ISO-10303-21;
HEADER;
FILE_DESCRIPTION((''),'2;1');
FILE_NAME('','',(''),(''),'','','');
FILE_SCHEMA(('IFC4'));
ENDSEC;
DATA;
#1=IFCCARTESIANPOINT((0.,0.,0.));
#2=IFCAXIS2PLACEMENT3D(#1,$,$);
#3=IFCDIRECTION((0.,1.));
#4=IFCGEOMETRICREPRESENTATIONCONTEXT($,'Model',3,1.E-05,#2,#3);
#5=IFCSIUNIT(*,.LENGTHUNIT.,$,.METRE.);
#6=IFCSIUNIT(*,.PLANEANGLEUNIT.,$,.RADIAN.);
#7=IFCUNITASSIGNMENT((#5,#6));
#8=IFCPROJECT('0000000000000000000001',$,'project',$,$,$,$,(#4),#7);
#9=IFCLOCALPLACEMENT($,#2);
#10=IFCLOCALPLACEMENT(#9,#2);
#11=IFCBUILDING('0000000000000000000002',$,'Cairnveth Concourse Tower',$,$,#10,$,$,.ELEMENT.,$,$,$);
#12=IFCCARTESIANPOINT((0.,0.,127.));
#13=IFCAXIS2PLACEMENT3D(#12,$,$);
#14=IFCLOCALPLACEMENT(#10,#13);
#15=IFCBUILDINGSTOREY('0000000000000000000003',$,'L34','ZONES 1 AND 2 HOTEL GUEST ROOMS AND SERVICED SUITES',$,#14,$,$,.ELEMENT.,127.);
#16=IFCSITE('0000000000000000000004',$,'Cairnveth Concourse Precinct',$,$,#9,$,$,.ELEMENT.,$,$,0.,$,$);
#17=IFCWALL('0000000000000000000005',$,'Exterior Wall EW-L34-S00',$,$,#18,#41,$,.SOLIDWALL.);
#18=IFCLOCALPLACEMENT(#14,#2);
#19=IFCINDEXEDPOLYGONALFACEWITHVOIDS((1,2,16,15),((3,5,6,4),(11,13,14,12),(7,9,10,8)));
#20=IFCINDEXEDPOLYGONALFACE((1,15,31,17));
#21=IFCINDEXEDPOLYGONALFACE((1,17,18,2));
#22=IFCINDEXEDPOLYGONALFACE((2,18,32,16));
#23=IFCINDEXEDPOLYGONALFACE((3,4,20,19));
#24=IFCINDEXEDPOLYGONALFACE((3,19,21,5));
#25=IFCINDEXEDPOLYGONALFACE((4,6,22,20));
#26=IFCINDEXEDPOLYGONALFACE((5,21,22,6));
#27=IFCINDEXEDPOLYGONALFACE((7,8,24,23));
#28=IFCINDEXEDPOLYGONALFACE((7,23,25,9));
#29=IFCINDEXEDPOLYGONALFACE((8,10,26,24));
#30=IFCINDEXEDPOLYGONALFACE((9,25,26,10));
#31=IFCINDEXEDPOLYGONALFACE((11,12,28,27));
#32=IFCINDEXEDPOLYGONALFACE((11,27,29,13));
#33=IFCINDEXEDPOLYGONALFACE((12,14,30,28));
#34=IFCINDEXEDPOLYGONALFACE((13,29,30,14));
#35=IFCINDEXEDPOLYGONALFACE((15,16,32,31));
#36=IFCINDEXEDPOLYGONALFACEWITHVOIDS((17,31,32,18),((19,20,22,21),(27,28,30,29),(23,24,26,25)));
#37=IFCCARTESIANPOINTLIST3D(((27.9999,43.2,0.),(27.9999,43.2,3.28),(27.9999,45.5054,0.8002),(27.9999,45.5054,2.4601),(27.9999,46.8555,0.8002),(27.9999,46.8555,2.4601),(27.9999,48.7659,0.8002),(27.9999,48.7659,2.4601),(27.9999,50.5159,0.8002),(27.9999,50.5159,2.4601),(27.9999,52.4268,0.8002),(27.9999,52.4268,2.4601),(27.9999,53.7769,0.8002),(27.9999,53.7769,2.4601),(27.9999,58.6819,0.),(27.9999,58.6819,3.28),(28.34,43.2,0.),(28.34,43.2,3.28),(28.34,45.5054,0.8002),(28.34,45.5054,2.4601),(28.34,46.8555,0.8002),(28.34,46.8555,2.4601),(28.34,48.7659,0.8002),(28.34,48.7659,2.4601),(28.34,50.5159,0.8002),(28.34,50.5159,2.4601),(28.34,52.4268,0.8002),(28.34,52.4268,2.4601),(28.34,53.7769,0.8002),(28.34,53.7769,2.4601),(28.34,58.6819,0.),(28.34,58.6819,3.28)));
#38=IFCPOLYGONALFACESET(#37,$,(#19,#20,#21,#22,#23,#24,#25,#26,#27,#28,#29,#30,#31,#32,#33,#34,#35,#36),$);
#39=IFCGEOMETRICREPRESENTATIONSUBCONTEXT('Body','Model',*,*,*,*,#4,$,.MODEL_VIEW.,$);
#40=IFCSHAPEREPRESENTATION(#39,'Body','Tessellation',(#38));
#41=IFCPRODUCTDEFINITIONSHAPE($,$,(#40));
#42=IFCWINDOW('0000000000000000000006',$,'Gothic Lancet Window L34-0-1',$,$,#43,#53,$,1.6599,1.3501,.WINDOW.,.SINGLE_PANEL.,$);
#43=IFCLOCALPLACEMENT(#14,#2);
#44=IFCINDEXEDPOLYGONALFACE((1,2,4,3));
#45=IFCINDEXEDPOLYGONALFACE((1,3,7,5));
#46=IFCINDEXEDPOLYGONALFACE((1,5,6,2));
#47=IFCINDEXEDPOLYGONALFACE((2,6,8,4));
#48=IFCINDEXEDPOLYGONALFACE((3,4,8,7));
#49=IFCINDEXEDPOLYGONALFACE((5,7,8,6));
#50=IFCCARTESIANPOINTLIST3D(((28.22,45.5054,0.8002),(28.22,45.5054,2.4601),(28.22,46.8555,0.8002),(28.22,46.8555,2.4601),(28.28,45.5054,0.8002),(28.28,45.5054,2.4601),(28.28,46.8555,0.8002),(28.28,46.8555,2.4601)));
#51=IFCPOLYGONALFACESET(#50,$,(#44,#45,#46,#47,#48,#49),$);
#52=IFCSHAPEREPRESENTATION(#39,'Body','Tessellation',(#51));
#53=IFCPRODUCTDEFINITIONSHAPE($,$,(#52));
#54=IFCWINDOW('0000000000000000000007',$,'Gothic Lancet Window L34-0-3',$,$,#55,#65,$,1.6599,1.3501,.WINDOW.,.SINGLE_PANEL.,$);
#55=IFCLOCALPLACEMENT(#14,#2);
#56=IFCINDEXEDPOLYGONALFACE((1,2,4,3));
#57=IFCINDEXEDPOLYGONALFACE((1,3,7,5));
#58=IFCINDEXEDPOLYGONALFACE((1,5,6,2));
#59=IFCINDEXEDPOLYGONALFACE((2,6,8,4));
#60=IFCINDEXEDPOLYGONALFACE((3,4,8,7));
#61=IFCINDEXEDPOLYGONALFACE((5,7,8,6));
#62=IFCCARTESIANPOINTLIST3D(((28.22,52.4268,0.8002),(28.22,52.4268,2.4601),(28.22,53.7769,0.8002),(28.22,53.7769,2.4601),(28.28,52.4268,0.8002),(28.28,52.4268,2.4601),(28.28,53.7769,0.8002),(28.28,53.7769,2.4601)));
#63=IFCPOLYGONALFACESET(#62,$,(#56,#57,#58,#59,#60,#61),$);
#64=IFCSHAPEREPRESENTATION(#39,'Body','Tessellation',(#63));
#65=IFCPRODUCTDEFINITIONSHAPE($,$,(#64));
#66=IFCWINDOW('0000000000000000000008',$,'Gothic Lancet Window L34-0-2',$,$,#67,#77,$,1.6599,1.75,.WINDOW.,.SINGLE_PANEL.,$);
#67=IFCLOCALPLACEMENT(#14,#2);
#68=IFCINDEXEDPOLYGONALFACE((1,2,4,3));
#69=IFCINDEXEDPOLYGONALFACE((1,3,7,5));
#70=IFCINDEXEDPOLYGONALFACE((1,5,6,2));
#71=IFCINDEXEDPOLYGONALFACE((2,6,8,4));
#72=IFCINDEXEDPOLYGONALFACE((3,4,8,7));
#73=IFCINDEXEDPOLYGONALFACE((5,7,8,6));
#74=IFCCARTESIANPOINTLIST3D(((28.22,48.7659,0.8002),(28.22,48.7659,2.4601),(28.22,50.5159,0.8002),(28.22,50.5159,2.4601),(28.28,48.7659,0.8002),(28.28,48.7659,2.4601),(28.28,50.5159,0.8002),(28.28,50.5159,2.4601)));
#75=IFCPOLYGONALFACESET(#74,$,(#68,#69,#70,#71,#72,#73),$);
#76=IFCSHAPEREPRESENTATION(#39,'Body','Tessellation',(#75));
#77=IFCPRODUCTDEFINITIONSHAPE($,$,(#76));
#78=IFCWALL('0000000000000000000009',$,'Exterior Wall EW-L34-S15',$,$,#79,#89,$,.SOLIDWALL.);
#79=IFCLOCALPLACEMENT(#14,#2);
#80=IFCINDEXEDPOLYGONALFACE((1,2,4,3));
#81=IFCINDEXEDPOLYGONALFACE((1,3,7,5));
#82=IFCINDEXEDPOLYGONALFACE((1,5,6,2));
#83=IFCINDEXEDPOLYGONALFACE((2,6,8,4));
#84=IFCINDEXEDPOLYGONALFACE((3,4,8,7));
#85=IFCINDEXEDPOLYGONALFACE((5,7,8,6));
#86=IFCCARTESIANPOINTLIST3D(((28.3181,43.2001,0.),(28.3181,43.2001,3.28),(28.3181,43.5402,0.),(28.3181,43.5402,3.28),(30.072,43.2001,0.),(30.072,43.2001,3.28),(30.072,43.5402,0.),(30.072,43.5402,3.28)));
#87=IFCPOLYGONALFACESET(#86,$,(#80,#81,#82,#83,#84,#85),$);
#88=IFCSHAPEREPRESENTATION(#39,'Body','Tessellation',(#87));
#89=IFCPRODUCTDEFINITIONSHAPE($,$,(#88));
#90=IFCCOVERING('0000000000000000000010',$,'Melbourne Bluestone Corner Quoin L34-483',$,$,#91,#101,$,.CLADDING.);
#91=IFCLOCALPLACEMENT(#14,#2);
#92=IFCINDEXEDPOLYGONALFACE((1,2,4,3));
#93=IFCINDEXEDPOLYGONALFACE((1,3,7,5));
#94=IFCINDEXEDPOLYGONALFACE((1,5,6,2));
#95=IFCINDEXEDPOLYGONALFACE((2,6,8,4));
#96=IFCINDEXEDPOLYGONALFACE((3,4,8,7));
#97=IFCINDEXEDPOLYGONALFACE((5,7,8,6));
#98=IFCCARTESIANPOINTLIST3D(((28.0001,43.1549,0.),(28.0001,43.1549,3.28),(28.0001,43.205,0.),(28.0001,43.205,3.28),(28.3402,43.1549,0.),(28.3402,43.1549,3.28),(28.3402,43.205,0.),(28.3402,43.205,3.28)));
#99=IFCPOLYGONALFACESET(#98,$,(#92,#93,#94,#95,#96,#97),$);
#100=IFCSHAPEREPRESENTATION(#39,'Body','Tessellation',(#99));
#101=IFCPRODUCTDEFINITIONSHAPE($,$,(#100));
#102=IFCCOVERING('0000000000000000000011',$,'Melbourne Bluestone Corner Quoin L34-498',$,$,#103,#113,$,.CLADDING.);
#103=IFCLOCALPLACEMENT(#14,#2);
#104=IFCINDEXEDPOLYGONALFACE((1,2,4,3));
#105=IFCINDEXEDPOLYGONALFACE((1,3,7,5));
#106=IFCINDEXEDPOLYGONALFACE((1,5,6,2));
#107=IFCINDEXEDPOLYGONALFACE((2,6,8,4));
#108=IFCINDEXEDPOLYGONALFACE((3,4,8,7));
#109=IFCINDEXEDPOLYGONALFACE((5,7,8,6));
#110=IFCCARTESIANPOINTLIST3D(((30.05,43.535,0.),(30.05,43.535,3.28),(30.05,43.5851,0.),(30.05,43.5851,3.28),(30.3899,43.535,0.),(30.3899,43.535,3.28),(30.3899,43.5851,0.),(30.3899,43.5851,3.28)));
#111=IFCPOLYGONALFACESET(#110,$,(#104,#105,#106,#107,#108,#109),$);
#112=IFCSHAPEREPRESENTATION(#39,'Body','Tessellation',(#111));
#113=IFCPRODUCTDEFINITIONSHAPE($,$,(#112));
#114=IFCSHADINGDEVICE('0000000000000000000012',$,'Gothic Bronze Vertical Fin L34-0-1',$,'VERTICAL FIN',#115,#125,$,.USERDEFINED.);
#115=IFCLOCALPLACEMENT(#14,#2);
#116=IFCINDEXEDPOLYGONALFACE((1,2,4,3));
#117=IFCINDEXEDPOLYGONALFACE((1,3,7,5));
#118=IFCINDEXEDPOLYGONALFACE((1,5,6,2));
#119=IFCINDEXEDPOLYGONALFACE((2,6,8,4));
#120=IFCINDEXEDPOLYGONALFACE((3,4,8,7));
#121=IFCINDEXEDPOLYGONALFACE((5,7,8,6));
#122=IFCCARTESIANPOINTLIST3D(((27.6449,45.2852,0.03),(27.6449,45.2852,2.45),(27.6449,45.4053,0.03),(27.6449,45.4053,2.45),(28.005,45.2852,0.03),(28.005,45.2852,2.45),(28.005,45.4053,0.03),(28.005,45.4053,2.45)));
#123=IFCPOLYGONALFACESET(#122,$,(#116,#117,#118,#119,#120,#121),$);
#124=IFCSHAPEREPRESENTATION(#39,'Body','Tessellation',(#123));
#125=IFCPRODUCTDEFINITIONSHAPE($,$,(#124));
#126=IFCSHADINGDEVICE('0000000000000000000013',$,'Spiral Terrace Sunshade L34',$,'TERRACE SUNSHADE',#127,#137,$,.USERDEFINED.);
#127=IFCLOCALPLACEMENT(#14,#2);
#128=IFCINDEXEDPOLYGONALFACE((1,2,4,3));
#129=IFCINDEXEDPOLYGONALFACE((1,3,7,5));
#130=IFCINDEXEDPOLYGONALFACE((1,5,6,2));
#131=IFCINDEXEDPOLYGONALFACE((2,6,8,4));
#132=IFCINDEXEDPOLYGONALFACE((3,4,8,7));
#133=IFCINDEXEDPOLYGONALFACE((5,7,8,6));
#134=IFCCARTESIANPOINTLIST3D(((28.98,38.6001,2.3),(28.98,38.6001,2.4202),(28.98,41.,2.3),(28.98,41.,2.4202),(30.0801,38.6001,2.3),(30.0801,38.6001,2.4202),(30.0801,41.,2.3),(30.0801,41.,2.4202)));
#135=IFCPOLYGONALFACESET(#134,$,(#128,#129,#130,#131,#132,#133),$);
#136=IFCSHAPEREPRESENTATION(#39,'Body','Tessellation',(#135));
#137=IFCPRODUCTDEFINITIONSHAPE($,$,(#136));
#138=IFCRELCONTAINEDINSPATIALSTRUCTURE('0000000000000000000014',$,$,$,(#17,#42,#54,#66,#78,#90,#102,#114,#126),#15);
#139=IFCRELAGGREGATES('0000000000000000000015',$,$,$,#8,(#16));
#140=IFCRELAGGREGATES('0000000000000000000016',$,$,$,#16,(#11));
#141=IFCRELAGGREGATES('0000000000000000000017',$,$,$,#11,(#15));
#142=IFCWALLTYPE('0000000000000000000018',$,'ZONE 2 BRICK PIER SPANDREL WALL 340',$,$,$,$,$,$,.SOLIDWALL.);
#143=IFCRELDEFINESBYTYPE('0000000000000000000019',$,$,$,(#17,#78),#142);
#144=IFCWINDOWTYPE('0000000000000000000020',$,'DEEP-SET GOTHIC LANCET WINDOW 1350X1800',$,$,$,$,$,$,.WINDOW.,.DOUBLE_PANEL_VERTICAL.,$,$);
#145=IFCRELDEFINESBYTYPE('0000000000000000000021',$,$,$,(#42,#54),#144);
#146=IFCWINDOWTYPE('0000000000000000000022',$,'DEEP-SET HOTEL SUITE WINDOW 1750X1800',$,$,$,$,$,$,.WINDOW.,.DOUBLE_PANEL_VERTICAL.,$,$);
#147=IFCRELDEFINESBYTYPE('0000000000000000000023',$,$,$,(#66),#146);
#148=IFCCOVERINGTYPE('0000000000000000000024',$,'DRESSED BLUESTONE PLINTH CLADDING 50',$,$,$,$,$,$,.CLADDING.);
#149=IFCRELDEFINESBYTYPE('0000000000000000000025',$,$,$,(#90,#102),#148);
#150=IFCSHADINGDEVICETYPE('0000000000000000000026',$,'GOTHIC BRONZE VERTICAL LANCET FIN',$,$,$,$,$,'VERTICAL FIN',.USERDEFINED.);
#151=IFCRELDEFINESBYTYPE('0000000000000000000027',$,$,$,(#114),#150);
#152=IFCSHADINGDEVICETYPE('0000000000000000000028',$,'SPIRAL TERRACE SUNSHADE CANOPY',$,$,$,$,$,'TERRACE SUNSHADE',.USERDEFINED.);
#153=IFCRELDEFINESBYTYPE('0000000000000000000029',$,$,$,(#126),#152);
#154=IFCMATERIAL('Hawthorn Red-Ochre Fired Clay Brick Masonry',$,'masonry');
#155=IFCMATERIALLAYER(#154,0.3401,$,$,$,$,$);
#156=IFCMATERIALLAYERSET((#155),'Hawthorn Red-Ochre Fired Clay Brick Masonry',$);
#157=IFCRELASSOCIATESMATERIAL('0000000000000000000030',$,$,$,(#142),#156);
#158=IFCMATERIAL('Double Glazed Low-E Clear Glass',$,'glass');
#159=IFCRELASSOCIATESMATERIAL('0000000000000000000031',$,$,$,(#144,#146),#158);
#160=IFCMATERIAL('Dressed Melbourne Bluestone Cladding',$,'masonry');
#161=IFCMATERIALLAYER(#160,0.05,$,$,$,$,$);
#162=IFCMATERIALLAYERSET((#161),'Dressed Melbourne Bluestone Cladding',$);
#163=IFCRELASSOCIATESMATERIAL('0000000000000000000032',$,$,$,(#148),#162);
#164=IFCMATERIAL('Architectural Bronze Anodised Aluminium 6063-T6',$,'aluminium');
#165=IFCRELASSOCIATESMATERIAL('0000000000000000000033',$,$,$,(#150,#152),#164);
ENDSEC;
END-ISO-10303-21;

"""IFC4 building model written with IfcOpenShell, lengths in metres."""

from ifc_helpers import new_model, si_unit, direction, frame, frame_2d, origin, origin_2d, place, context, subcontext, project, spatial, rectangle, extrude, material, layer, layer_set, type_object, element, fill, save


model = new_model("IFC4")

# Units and contexts
model_context = context("Model", 3, precision=1e-05, world=origin(), true_north=direction((0.0, 1.0)))
body_context = subcontext(model_context, "Body", "Model", "MODEL_VIEW")
ifc_project = project(units=[si_unit("LENGTHUNIT", "METRE"), si_unit("PLANEANGLEUNIT", "RADIAN")], contexts=[model_context])

# Site, building, storey
site_placement = place(None, origin())
site = spatial("IfcSite", under=ifc_project, at=site_placement, Name="Cairnveth Concourse Precinct", CompositionType="ELEMENT", RefElevation=0.0)
building_placement = place(site_placement, origin())
building = spatial("IfcBuilding", under=site, at=building_placement, Name="Cairnveth Concourse Tower", CompositionType="ELEMENT")
storey_placement = place(building_placement, frame((0.0, 0.0, 127.0)))
storey = spatial("IfcBuildingStorey", under=building, at=storey_placement, Name="L34", Description="ZONES 1 AND 2 HOTEL GUEST ROOMS AND SERVICED SUITES", CompositionType="ELEMENT", Elevation=127.0)

# Shared definitions
ifc_material_1 = material(Name="Dressed Melbourne Bluestone Cladding", Category="masonry")

# Wall, openings, windows
ifc_material_2 = material(Name="Hawthorn Red-Ochre Fired Clay Brick Masonry", Category="masonry")
ifc_layer_1 = layer(ifc_material_2, 0.3401)
ifc_layer_set_1 = layer_set([ifc_layer_1], Name="Hawthorn Red-Ochre Fired Clay Brick Masonry")
wall_type_1 = type_object("IfcWallType", Name="ZONE 2 BRICK PIER SPANDREL WALL 340", PredefinedType="SOLIDWALL", material=ifc_layer_set_1)
wall_1_placement = place(storey_placement, frame((28.1699, 43.2, 0.0), z_axis=(0.0, 0.0, 1.0), x_axis=(0.0, 1.0, 0.0)))
wall_1 = element("IfcWall", 1, at=wall_1_placement, inside=storey, type_object=wall_type_1, Name="Exterior Wall EW-L34-S00", PredefinedType="SOLIDWALL", context=body_context, shape_type="SweptSolid", body=[
    extrude(rectangle(XDim=15.4819, YDim=0.3401, at=frame_2d((7.741, 0.0))), origin(), (0.0, 0.0, 1.0), 3.28),
])
opening_1_placement = place(wall_1_placement, frame((2.3054, 0.0, 0.8)))
opening_1 = element("IfcOpeningElement", 2, at=opening_1_placement, cuts=wall_1, PredefinedType="OPENING", context=body_context, shape_type="SweptSolid", body=[
    extrude(rectangle(XDim=1.3501, YDim=1.6599, at=frame_2d((0.675, 0.8301))), frame((0.0, 0.1799, 0.0), z_axis=(0.0, -1.0, 0.0), x_axis=(1.0, 0.0, 0.0)), (0.0, 0.0, 1.0), 0.3601),
])
opening_2_placement = place(wall_1_placement, frame((5.5659, 0.0, 0.8)))
opening_2 = element("IfcOpeningElement", 3, at=opening_2_placement, cuts=wall_1, PredefinedType="OPENING", context=body_context, shape_type="SweptSolid", body=[
    extrude(rectangle(XDim=1.75, YDim=1.6599, at=frame_2d((0.875, 0.8301))), frame((0.0, 0.1799, 0.0), z_axis=(0.0, -1.0, 0.0), x_axis=(1.0, 0.0, 0.0)), (0.0, 0.0, 1.0), 0.3601),
])
opening_3_placement = place(wall_1_placement, frame((9.2268, 0.0, 0.8)))
opening_3 = element("IfcOpeningElement", 4, at=opening_3_placement, cuts=wall_1, PredefinedType="OPENING", context=body_context, shape_type="SweptSolid", body=[
    extrude(rectangle(XDim=1.3501, YDim=1.6599, at=frame_2d((0.675, 0.8301))), frame((0.0, 0.1799, 0.0), z_axis=(0.0, -1.0, 0.0), x_axis=(1.0, 0.0, 0.0)), (0.0, 0.0, 1.0), 0.3601),
])
ifc_material_3 = material(Name="Double Glazed Low-E Clear Glass", Category="glass")
window_type_1 = type_object("IfcWindowType", Name="DEEP-SET GOTHIC LANCET WINDOW 1350X1800", PartitioningType="DOUBLE_PANEL_VERTICAL", PredefinedType="WINDOW", material=ifc_material_3)
window_1_placement = place(opening_1_placement, origin())
window_1 = element("IfcWindow", 5, at=window_1_placement, inside=storey, type_object=window_type_1, Name="Gothic Lancet Window L34-0-1", OverallHeight=1.6599, OverallWidth=1.3501, PartitioningType="SINGLE_PANEL", PredefinedType="WINDOW", context=body_context, shape_type="SweptSolid", body=[
    extrude(rectangle(XDim=1.3501, YDim=1.6599, at=frame_2d((0.675, 0.8301))), frame((0.0, -0.05, 0.0), z_axis=(0.0, -1.0, 0.0), x_axis=(1.0, 0.0, 0.0)), (0.0, 0.0, 1.0), 0.0601),
])
fill(opening_1, window_1)
window_2_placement = place(opening_3_placement, origin())
window_2 = element("IfcWindow", 6, at=window_2_placement, inside=storey, type_object=window_type_1, Name="Gothic Lancet Window L34-0-3", OverallHeight=1.6599, OverallWidth=1.3501, PartitioningType="SINGLE_PANEL", PredefinedType="WINDOW", context=body_context, shape_type="SweptSolid", body=[
    extrude(rectangle(XDim=1.3501, YDim=1.6599, at=frame_2d((0.675, 0.8301))), frame((0.0, -0.05, 0.0), z_axis=(0.0, -1.0, 0.0), x_axis=(1.0, 0.0, 0.0)), (0.0, 0.0, 1.0), 0.0601),
])
fill(opening_3, window_2)
window_type_2 = type_object("IfcWindowType", Name="DEEP-SET HOTEL SUITE WINDOW 1750X1800", PartitioningType="DOUBLE_PANEL_VERTICAL", PredefinedType="WINDOW", material=ifc_material_3)
window_3_placement = place(opening_2_placement, origin())
window_3 = element("IfcWindow", 7, at=window_3_placement, inside=storey, type_object=window_type_2, Name="Gothic Lancet Window L34-0-2", OverallHeight=1.6599, OverallWidth=1.75, PartitioningType="SINGLE_PANEL", PredefinedType="WINDOW", context=body_context, shape_type="SweptSolid", body=[
    extrude(rectangle(XDim=1.75, YDim=1.6599, at=frame_2d((0.875, 0.8301))), frame((0.0, -0.05, 0.0), z_axis=(0.0, -1.0, 0.0), x_axis=(1.0, 0.0, 0.0)), (0.0, 0.0, 1.0), 0.0601),
])
fill(opening_2, window_3)

# Wall
wall_2_placement = place(storey_placement, frame((30.072, 43.3701, 0.0), z_axis=(0.0, 0.0, 1.0), x_axis=(-1.0, 0.0, 0.0)))
element("IfcWall", 8, at=wall_2_placement, inside=storey, type_object=wall_type_1, Name="Exterior Wall EW-L34-S15", PredefinedType="SOLIDWALL", context=body_context, shape_type="SweptSolid", body=[
    extrude(rectangle(XDim=1.7539, YDim=0.3401, at=frame_2d((0.877, 0.0))), origin(), (0.0, 0.0, 1.0), 3.28),
])

# Coverings
ifc_layer_2 = layer(ifc_material_1, 0.05)
ifc_layer_set_2 = layer_set([ifc_layer_2], Name="Dressed Melbourne Bluestone Cladding")
covering_type = type_object("IfcCoveringType", Name="DRESSED BLUESTONE PLINTH CLADDING 50", PredefinedType="CLADDING", material=ifc_layer_set_2)
covering_1_placement = place(storey_placement, frame((28.3401, 43.1799, 0.0), z_axis=(0.0, 0.0, 1.0), x_axis=(-1.0, 0.0, 0.0)))
element("IfcCovering", 9, at=covering_1_placement, inside=storey, type_object=covering_type, Name="Melbourne Bluestone Corner Quoin L34-483", PredefinedType="CLADDING", context=body_context, shape_type="SweptSolid", body=[
    extrude(rectangle(XDim=0.3401, YDim=0.05, at=frame_2d((0.1699, 0.0))), origin(), (0.0, 0.0, 1.0), 3.28),
])
covering_2_placement = place(storey_placement, frame((30.3899, 43.5601, 0.0), z_axis=(0.0, 0.0, 1.0), x_axis=(-1.0, 0.0, 0.0)))
element("IfcCovering", 10, at=covering_2_placement, inside=storey, type_object=covering_type, Name="Melbourne Bluestone Corner Quoin L34-498", PredefinedType="CLADDING", context=body_context, shape_type="SweptSolid", body=[
    extrude(rectangle(XDim=0.3398, YDim=0.05, at=frame_2d((0.1699, 0.0))), origin(), (0.0, 0.0, 1.0), 3.28),
])

# Shading devices
ifc_material_4 = material(Name="Architectural Bronze Anodised Aluminium 6063-T6", Category="aluminium")
shading_device_type_1 = type_object("IfcShadingDeviceType", Name="GOTHIC BRONZE VERTICAL LANCET FIN", ElementType="VERTICAL FIN", PredefinedType="USERDEFINED", material=ifc_material_4)
shading_device_1_placement = place(storey_placement, frame((27.825, 45.3452, 0.03), z_axis=(0.0, 0.0, 1.0), x_axis=(0.0, 1.0, 0.0)))
element("IfcShadingDevice", 11, at=shading_device_1_placement, inside=storey, type_object=shading_device_type_1, Name="Gothic Bronze Vertical Fin L34-0-1", ObjectType="VERTICAL FIN", PredefinedType="USERDEFINED", context=body_context, shape_type="SweptSolid", body=[
    extrude(rectangle(XDim=0.1201, YDim=0.3601, at=origin_2d()), origin(), (0.0, 0.0, 1.0), 2.4199),
])
shading_device_type_2 = type_object("IfcShadingDeviceType", Name="SPIRAL TERRACE SUNSHADE CANOPY", ElementType="TERRACE SUNSHADE", PredefinedType="USERDEFINED", material=ifc_material_4)
shading_device_2_placement = place(storey_placement, frame((29.53, 39.8, 2.3), z_axis=(0.0, 0.0, 1.0), x_axis=(1.0, 0.0, 0.0)))
element("IfcShadingDevice", 12, at=shading_device_2_placement, inside=storey, type_object=shading_device_type_2, Name="Spiral Terrace Sunshade L34", ObjectType="TERRACE SUNSHADE", PredefinedType="USERDEFINED", context=body_context, shape_type="SweptSolid", body=[
    extrude(rectangle(XDim=1.1001, YDim=2.3999, at=origin_2d()), origin(), (0.0, 0.0, 1.0), 0.1201),
])

save(model, "model.ifc")
